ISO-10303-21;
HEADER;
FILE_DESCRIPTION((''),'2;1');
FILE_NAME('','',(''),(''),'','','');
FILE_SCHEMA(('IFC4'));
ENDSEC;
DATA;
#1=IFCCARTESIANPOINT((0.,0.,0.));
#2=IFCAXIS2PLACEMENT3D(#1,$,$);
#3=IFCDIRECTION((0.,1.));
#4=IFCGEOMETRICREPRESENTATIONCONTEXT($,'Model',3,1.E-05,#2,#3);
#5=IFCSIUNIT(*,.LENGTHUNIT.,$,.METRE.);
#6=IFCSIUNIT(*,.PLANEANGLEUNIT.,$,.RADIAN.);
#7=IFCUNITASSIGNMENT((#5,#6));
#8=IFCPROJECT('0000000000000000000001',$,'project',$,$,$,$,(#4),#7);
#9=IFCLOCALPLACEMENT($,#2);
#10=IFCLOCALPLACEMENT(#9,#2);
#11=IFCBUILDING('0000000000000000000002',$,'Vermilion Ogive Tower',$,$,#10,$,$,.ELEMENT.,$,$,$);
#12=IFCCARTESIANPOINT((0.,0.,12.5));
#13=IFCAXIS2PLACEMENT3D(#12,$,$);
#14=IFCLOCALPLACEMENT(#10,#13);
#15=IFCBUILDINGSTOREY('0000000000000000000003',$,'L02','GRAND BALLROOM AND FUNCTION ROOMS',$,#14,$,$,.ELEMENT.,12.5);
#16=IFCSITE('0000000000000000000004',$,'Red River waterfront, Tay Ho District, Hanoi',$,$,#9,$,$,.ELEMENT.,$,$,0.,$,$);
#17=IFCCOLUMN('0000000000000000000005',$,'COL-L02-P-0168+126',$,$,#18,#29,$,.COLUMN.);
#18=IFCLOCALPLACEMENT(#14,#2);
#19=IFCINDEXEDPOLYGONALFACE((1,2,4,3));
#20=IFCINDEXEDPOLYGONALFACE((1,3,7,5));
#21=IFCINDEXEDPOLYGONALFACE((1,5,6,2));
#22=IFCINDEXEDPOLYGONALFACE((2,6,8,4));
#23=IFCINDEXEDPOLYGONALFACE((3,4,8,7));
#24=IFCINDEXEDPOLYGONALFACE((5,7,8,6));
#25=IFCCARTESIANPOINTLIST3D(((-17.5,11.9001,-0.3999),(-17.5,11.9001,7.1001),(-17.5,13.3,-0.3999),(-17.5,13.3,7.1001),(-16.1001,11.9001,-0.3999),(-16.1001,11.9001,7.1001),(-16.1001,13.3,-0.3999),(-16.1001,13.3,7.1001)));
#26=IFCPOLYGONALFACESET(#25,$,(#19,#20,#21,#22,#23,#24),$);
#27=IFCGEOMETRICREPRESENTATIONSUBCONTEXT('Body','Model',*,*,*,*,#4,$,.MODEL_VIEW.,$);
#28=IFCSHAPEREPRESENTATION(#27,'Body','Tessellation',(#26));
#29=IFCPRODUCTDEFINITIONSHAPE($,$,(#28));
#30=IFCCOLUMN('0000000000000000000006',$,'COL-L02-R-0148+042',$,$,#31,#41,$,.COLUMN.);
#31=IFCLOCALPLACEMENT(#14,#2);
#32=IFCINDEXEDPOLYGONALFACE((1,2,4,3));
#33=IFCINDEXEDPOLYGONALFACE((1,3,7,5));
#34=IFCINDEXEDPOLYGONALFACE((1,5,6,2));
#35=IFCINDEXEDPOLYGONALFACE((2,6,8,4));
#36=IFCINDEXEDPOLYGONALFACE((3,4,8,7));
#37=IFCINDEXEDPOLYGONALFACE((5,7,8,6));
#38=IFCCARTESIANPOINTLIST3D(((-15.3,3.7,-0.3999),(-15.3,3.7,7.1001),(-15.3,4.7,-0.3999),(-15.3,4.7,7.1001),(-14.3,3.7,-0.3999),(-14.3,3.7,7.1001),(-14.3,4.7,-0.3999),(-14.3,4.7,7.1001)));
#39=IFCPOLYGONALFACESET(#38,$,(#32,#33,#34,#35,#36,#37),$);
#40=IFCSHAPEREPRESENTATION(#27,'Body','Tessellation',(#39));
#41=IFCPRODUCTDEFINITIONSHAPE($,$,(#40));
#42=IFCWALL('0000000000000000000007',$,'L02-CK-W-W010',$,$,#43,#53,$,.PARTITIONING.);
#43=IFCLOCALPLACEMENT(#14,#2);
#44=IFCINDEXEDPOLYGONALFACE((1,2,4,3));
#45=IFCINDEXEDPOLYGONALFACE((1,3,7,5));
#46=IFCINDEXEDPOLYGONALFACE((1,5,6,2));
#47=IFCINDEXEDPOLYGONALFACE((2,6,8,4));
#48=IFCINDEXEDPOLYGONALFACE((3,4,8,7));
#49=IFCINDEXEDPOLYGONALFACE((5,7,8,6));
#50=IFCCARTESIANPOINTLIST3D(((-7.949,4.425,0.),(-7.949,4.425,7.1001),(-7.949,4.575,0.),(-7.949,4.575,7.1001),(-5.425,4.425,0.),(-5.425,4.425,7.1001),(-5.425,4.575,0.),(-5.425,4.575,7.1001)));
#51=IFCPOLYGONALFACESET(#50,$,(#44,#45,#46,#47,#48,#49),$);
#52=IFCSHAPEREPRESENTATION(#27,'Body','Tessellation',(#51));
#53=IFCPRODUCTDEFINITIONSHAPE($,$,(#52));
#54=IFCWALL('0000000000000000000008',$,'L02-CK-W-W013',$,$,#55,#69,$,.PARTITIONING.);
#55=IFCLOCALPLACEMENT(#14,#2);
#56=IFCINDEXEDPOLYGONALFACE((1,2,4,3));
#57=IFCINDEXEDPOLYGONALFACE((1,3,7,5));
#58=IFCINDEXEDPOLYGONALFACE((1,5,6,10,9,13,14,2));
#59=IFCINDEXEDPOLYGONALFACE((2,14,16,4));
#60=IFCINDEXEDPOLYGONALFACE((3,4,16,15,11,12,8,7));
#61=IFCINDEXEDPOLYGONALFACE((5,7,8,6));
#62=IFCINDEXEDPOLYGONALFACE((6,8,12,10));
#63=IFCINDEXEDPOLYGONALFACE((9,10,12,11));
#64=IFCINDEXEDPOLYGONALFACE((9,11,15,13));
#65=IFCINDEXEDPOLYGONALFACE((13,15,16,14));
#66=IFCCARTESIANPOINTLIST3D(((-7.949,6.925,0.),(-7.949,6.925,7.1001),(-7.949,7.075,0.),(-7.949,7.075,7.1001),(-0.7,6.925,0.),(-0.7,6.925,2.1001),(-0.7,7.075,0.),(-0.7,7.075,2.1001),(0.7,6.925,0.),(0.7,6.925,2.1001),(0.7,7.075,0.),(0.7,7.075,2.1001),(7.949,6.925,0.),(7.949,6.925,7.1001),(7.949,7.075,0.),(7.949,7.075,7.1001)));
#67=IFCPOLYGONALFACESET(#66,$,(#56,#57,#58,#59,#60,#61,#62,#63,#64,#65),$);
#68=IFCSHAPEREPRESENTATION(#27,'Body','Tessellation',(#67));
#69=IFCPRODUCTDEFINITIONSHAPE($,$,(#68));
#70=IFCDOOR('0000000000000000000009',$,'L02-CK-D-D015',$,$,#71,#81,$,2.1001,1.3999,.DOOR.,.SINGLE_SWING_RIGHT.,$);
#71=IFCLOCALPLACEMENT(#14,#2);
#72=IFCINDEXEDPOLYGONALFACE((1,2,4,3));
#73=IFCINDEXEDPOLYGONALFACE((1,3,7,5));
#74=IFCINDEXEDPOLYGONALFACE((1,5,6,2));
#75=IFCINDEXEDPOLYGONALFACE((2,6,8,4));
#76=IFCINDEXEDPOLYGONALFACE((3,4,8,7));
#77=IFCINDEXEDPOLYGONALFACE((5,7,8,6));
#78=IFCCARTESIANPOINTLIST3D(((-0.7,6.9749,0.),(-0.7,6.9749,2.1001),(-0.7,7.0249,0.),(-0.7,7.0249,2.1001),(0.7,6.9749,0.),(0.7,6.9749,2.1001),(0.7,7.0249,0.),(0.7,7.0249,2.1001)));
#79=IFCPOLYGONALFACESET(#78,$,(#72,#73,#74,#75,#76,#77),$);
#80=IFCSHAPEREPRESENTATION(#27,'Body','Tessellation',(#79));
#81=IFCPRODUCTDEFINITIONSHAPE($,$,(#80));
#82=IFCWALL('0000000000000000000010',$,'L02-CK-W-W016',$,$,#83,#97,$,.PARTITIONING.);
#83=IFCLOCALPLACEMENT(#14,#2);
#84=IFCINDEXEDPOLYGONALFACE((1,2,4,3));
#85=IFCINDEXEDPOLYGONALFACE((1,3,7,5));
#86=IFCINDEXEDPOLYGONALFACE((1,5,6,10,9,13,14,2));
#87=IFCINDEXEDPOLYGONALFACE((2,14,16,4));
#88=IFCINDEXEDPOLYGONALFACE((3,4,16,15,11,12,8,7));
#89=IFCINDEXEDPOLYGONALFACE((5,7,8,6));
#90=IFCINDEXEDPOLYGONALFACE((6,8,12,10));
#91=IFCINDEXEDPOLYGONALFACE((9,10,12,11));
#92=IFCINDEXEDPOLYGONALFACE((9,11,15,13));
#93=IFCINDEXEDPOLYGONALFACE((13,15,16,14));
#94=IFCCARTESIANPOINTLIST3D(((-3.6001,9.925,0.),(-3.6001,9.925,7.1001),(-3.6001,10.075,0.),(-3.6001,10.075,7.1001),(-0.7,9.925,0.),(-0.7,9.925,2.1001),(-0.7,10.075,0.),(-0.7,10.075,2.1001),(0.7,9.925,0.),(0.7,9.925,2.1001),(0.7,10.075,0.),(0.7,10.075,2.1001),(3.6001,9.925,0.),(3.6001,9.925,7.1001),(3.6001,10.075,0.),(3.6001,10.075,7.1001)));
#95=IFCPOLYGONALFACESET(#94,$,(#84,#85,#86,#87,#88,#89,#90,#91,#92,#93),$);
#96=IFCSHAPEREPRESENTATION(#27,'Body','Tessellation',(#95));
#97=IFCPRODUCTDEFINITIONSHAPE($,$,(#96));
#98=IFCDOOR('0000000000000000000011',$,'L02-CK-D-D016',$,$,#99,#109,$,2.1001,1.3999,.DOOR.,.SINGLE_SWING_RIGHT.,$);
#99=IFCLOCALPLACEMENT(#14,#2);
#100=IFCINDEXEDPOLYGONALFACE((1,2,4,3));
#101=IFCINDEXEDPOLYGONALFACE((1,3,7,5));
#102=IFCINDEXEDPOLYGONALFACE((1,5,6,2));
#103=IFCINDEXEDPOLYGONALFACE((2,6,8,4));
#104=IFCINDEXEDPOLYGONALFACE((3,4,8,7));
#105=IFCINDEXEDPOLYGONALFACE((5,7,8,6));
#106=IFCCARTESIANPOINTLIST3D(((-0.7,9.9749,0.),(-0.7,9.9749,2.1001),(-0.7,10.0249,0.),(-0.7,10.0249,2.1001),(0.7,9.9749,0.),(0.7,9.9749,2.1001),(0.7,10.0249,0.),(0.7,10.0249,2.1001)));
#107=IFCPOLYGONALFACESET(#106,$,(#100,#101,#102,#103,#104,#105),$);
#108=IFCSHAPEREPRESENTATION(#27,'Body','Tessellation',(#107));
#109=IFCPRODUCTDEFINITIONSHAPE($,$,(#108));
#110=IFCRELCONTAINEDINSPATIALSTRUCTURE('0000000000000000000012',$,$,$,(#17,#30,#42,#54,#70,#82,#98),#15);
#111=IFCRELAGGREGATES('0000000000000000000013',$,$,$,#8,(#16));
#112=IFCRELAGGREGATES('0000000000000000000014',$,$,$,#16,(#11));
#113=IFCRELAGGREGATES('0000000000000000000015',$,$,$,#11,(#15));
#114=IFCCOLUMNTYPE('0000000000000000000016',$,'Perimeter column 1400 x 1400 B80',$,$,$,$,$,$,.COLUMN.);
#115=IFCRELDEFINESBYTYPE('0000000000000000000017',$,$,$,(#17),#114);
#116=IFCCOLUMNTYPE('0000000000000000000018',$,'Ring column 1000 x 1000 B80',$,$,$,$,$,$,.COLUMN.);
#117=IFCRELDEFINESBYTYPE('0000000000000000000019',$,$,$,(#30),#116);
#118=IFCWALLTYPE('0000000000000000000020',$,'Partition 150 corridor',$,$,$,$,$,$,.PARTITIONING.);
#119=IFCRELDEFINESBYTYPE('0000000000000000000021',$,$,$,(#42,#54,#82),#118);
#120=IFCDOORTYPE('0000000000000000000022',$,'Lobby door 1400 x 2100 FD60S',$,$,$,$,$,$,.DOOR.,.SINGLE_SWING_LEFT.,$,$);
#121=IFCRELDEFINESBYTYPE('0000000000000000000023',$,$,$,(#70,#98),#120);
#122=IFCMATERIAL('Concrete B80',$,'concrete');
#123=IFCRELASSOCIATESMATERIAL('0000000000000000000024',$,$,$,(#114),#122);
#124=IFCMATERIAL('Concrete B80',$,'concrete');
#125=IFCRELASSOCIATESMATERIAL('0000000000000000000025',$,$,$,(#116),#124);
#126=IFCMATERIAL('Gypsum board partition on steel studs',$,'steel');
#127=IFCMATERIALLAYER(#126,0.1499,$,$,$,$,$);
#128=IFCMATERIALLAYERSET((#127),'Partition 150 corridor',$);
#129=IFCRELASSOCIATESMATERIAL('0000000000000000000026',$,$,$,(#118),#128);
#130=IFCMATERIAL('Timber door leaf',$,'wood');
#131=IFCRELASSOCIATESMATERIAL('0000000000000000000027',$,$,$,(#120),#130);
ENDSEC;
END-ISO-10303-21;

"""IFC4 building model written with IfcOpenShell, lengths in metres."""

from ifc_helpers import new_model, si_unit, direction, frame, frame_2d, origin, origin_2d, place, context, subcontext, project, spatial, rectangle, extrude, material, layer, layer_set, material_profile, profile_set, type_object, element, fill, save


model = new_model("IFC4")

# Units and contexts
model_context = context("Model", 3, precision=1e-05, world=origin(), true_north=direction((0.0, 1.0)))
body_context = subcontext(model_context, "Body", "Model", "MODEL_VIEW")
ifc_project = project(units=[si_unit("LENGTHUNIT", "METRE"), si_unit("PLANEANGLEUNIT", "RADIAN")], contexts=[model_context])

# Site, building, storey
site_placement = place(None, origin())
site = spatial("IfcSite", under=ifc_project, at=site_placement, Name="Red River waterfront, Tay Ho District, Hanoi", CompositionType="ELEMENT", RefElevation=0.0)
building_placement = place(site_placement, origin())
building = spatial("IfcBuilding", under=site, at=building_placement, Name="Vermilion Ogive Tower", CompositionType="ELEMENT")
storey_placement = place(building_placement, frame((0.0, 0.0, 12.5)))
storey = spatial("IfcBuildingStorey", under=building, at=storey_placement, Name="L02", Description="GRAND BALLROOM AND FUNCTION ROOMS", CompositionType="ELEMENT", Elevation=12.5)

# Columns
ifc_material_1 = material(Name="Concrete B80", Category="concrete")
ifc_material_profile_1 = material_profile(ifc_material_1, rectangle(XDim=1.3999, YDim=1.3999, at=origin_2d()), Name="1400 x 1400")
ifc_profile_set_1 = profile_set([ifc_material_profile_1], Name="Concrete B80")
column_type_1 = type_object("IfcColumnType", Name="Perimeter column 1400 x 1400 B80", PredefinedType="COLUMN", material=ifc_profile_set_1)
column_1_placement = place(storey_placement, frame((-16.8, 12.6001, -0.3999), z_axis=(0.0, 0.0, 1.0), x_axis=(1.0, 0.0, 0.0)))
element("IfcColumn", 1, at=column_1_placement, inside=storey, type_object=column_type_1, Name="COL-L02-P-0168+126", PredefinedType="COLUMN", context=body_context, shape_type="SweptSolid", body=[
    extrude(rectangle(XDim=1.3999, YDim=1.3999, at=origin_2d()), origin(), (0.0, 0.0, 1.0), 7.5),
])
ifc_material_2 = material(Name="Concrete B80", Category="concrete")
ifc_material_profile_2 = material_profile(ifc_material_2, rectangle(XDim=1.0, YDim=1.0, at=origin_2d()), Name="1000 x 1000")
ifc_profile_set_2 = profile_set([ifc_material_profile_2], Name="Concrete B80")
column_type_2 = type_object("IfcColumnType", Name="Ring column 1000 x 1000 B80", PredefinedType="COLUMN", material=ifc_profile_set_2)
column_2_placement = place(storey_placement, frame((-14.8, 4.2, -0.3999), z_axis=(0.0, 0.0, 1.0), x_axis=(1.0, 0.0, 0.0)))
element("IfcColumn", 2, at=column_2_placement, inside=storey, type_object=column_type_2, Name="COL-L02-R-0148+042", PredefinedType="COLUMN", context=body_context, shape_type="SweptSolid", body=[
    extrude(rectangle(XDim=1.0, YDim=1.0, at=origin_2d()), origin(), (0.0, 0.0, 1.0), 7.5),
])

# Wall
ifc_material_3 = material(Name="Gypsum board partition on steel studs", Category="steel")
ifc_layer_1 = layer(ifc_material_3, 0.1499)
ifc_layer_set_1 = layer_set([ifc_layer_1], Name="Partition 150 corridor")
wall_type_1 = type_object("IfcWallType", Name="Partition 150 corridor", PredefinedType="PARTITIONING", material=ifc_layer_set_1)
wall_1_placement = place(storey_placement, frame((-7.949, 4.5, 0.0), z_axis=(0.0, 0.0, 1.0), x_axis=(1.0, 0.0, 0.0)))
element("IfcWall", 3, at=wall_1_placement, inside=storey, type_object=wall_type_1, Name="L02-CK-W-W010", PredefinedType="PARTITIONING", context=body_context, shape_type="SweptSolid", body=[
    extrude(rectangle(XDim=2.5239, YDim=0.1499, at=frame_2d((1.262, 0.0))), origin(), (0.0, 0.0, 1.0), 7.1001),
])

# Walls, openings, doors
wall_2_placement = place(storey_placement, frame((-7.949, 7.0, 0.0), z_axis=(0.0, 0.0, 1.0), x_axis=(1.0, 0.0, 0.0)))
wall_2 = element("IfcWall", 4, at=wall_2_placement, inside=storey, type_object=wall_type_1, Name="L02-CK-W-W013", PredefinedType="PARTITIONING", context=body_context, shape_type="SweptSolid", body=[
    extrude(rectangle(XDim=15.8979, YDim=0.1499, at=frame_2d((7.949, 0.0))), origin(), (0.0, 0.0, 1.0), 7.1001),
])
opening_1_placement = place(wall_2_placement, frame((7.249, 0.0, 0.0)))
opening_1 = element("IfcOpeningElement", 5, at=opening_1_placement, cuts=wall_2, PredefinedType="OPENING", context=body_context, shape_type="SweptSolid", body=[
    extrude(rectangle(XDim=1.3999, YDim=2.1001, at=frame_2d((0.7, 1.05))), frame((0.0, 0.085, 0.0), z_axis=(0.0, -1.0, 0.0), x_axis=(1.0, 0.0, 0.0)), (0.0, 0.0, 1.0), 0.1699),
])
ifc_material_4 = material(Name="Timber door leaf", Category="wood")
door_type_1 = type_object("IfcDoorType", Name="Lobby door 1400 x 2100 FD60S", OperationType="SINGLE_SWING_LEFT", PredefinedType="DOOR", material=ifc_material_4)
door_1_placement = place(opening_1_placement, origin())
door_1 = element("IfcDoor", 6, at=door_1_placement, inside=storey, type_object=door_type_1, Name="L02-CK-D-D015", OperationType="SINGLE_SWING_RIGHT", OverallHeight=2.1001, OverallWidth=1.3999, PredefinedType="DOOR", context=body_context, shape_type="SweptSolid", body=[
    extrude(rectangle(XDim=1.3999, YDim=2.1001, at=frame_2d((0.7, 1.05))), frame((0.0, 0.0249, 0.0), z_axis=(0.0, -1.0, 0.0), x_axis=(1.0, 0.0, 0.0)), (0.0, 0.0, 1.0), 0.05),
])
fill(opening_1, door_1)
wall_3_placement = place(storey_placement, frame((-3.6001, 10.0, 0.0), z_axis=(0.0, 0.0, 1.0), x_axis=(1.0, 0.0, 0.0)))
wall_3 = element("IfcWall", 7, at=wall_3_placement, inside=storey, type_object=wall_type_1, Name="L02-CK-W-W016", PredefinedType="PARTITIONING", context=body_context, shape_type="SweptSolid", body=[
    extrude(rectangle(XDim=7.2002, YDim=0.1499, at=frame_2d((3.6001, 0.0))), origin(), (0.0, 0.0, 1.0), 7.1001),
])
opening_2_placement = place(wall_3_placement, frame((2.9001, 0.0, 0.0)))
opening_2 = element("IfcOpeningElement", 8, at=opening_2_placement, cuts=wall_3, PredefinedType="OPENING", context=body_context, shape_type="SweptSolid", body=[
    extrude(rectangle(XDim=1.3999, YDim=2.1001, at=frame_2d((0.7, 1.05))), frame((0.0, 0.085, 0.0), z_axis=(0.0, -1.0, 0.0), x_axis=(1.0, 0.0, 0.0)), (0.0, 0.0, 1.0), 0.1699),
])
door_2_placement = place(opening_2_placement, origin())
door_2 = element("IfcDoor", 9, at=door_2_placement, inside=storey, type_object=door_type_1, Name="L02-CK-D-D016", OperationType="SINGLE_SWING_RIGHT", OverallHeight=2.1001, OverallWidth=1.3999, PredefinedType="DOOR", context=body_context, shape_type="SweptSolid", body=[
    extrude(rectangle(XDim=1.3999, YDim=2.1001, at=frame_2d((0.7, 1.05))), frame((0.0, 0.0249, 0.0), z_axis=(0.0, -1.0, 0.0), x_axis=(1.0, 0.0, 0.0)), (0.0, 0.0, 1.0), 0.05),
])
fill(opening_2, door_2)

save(model, "model.ifc")
